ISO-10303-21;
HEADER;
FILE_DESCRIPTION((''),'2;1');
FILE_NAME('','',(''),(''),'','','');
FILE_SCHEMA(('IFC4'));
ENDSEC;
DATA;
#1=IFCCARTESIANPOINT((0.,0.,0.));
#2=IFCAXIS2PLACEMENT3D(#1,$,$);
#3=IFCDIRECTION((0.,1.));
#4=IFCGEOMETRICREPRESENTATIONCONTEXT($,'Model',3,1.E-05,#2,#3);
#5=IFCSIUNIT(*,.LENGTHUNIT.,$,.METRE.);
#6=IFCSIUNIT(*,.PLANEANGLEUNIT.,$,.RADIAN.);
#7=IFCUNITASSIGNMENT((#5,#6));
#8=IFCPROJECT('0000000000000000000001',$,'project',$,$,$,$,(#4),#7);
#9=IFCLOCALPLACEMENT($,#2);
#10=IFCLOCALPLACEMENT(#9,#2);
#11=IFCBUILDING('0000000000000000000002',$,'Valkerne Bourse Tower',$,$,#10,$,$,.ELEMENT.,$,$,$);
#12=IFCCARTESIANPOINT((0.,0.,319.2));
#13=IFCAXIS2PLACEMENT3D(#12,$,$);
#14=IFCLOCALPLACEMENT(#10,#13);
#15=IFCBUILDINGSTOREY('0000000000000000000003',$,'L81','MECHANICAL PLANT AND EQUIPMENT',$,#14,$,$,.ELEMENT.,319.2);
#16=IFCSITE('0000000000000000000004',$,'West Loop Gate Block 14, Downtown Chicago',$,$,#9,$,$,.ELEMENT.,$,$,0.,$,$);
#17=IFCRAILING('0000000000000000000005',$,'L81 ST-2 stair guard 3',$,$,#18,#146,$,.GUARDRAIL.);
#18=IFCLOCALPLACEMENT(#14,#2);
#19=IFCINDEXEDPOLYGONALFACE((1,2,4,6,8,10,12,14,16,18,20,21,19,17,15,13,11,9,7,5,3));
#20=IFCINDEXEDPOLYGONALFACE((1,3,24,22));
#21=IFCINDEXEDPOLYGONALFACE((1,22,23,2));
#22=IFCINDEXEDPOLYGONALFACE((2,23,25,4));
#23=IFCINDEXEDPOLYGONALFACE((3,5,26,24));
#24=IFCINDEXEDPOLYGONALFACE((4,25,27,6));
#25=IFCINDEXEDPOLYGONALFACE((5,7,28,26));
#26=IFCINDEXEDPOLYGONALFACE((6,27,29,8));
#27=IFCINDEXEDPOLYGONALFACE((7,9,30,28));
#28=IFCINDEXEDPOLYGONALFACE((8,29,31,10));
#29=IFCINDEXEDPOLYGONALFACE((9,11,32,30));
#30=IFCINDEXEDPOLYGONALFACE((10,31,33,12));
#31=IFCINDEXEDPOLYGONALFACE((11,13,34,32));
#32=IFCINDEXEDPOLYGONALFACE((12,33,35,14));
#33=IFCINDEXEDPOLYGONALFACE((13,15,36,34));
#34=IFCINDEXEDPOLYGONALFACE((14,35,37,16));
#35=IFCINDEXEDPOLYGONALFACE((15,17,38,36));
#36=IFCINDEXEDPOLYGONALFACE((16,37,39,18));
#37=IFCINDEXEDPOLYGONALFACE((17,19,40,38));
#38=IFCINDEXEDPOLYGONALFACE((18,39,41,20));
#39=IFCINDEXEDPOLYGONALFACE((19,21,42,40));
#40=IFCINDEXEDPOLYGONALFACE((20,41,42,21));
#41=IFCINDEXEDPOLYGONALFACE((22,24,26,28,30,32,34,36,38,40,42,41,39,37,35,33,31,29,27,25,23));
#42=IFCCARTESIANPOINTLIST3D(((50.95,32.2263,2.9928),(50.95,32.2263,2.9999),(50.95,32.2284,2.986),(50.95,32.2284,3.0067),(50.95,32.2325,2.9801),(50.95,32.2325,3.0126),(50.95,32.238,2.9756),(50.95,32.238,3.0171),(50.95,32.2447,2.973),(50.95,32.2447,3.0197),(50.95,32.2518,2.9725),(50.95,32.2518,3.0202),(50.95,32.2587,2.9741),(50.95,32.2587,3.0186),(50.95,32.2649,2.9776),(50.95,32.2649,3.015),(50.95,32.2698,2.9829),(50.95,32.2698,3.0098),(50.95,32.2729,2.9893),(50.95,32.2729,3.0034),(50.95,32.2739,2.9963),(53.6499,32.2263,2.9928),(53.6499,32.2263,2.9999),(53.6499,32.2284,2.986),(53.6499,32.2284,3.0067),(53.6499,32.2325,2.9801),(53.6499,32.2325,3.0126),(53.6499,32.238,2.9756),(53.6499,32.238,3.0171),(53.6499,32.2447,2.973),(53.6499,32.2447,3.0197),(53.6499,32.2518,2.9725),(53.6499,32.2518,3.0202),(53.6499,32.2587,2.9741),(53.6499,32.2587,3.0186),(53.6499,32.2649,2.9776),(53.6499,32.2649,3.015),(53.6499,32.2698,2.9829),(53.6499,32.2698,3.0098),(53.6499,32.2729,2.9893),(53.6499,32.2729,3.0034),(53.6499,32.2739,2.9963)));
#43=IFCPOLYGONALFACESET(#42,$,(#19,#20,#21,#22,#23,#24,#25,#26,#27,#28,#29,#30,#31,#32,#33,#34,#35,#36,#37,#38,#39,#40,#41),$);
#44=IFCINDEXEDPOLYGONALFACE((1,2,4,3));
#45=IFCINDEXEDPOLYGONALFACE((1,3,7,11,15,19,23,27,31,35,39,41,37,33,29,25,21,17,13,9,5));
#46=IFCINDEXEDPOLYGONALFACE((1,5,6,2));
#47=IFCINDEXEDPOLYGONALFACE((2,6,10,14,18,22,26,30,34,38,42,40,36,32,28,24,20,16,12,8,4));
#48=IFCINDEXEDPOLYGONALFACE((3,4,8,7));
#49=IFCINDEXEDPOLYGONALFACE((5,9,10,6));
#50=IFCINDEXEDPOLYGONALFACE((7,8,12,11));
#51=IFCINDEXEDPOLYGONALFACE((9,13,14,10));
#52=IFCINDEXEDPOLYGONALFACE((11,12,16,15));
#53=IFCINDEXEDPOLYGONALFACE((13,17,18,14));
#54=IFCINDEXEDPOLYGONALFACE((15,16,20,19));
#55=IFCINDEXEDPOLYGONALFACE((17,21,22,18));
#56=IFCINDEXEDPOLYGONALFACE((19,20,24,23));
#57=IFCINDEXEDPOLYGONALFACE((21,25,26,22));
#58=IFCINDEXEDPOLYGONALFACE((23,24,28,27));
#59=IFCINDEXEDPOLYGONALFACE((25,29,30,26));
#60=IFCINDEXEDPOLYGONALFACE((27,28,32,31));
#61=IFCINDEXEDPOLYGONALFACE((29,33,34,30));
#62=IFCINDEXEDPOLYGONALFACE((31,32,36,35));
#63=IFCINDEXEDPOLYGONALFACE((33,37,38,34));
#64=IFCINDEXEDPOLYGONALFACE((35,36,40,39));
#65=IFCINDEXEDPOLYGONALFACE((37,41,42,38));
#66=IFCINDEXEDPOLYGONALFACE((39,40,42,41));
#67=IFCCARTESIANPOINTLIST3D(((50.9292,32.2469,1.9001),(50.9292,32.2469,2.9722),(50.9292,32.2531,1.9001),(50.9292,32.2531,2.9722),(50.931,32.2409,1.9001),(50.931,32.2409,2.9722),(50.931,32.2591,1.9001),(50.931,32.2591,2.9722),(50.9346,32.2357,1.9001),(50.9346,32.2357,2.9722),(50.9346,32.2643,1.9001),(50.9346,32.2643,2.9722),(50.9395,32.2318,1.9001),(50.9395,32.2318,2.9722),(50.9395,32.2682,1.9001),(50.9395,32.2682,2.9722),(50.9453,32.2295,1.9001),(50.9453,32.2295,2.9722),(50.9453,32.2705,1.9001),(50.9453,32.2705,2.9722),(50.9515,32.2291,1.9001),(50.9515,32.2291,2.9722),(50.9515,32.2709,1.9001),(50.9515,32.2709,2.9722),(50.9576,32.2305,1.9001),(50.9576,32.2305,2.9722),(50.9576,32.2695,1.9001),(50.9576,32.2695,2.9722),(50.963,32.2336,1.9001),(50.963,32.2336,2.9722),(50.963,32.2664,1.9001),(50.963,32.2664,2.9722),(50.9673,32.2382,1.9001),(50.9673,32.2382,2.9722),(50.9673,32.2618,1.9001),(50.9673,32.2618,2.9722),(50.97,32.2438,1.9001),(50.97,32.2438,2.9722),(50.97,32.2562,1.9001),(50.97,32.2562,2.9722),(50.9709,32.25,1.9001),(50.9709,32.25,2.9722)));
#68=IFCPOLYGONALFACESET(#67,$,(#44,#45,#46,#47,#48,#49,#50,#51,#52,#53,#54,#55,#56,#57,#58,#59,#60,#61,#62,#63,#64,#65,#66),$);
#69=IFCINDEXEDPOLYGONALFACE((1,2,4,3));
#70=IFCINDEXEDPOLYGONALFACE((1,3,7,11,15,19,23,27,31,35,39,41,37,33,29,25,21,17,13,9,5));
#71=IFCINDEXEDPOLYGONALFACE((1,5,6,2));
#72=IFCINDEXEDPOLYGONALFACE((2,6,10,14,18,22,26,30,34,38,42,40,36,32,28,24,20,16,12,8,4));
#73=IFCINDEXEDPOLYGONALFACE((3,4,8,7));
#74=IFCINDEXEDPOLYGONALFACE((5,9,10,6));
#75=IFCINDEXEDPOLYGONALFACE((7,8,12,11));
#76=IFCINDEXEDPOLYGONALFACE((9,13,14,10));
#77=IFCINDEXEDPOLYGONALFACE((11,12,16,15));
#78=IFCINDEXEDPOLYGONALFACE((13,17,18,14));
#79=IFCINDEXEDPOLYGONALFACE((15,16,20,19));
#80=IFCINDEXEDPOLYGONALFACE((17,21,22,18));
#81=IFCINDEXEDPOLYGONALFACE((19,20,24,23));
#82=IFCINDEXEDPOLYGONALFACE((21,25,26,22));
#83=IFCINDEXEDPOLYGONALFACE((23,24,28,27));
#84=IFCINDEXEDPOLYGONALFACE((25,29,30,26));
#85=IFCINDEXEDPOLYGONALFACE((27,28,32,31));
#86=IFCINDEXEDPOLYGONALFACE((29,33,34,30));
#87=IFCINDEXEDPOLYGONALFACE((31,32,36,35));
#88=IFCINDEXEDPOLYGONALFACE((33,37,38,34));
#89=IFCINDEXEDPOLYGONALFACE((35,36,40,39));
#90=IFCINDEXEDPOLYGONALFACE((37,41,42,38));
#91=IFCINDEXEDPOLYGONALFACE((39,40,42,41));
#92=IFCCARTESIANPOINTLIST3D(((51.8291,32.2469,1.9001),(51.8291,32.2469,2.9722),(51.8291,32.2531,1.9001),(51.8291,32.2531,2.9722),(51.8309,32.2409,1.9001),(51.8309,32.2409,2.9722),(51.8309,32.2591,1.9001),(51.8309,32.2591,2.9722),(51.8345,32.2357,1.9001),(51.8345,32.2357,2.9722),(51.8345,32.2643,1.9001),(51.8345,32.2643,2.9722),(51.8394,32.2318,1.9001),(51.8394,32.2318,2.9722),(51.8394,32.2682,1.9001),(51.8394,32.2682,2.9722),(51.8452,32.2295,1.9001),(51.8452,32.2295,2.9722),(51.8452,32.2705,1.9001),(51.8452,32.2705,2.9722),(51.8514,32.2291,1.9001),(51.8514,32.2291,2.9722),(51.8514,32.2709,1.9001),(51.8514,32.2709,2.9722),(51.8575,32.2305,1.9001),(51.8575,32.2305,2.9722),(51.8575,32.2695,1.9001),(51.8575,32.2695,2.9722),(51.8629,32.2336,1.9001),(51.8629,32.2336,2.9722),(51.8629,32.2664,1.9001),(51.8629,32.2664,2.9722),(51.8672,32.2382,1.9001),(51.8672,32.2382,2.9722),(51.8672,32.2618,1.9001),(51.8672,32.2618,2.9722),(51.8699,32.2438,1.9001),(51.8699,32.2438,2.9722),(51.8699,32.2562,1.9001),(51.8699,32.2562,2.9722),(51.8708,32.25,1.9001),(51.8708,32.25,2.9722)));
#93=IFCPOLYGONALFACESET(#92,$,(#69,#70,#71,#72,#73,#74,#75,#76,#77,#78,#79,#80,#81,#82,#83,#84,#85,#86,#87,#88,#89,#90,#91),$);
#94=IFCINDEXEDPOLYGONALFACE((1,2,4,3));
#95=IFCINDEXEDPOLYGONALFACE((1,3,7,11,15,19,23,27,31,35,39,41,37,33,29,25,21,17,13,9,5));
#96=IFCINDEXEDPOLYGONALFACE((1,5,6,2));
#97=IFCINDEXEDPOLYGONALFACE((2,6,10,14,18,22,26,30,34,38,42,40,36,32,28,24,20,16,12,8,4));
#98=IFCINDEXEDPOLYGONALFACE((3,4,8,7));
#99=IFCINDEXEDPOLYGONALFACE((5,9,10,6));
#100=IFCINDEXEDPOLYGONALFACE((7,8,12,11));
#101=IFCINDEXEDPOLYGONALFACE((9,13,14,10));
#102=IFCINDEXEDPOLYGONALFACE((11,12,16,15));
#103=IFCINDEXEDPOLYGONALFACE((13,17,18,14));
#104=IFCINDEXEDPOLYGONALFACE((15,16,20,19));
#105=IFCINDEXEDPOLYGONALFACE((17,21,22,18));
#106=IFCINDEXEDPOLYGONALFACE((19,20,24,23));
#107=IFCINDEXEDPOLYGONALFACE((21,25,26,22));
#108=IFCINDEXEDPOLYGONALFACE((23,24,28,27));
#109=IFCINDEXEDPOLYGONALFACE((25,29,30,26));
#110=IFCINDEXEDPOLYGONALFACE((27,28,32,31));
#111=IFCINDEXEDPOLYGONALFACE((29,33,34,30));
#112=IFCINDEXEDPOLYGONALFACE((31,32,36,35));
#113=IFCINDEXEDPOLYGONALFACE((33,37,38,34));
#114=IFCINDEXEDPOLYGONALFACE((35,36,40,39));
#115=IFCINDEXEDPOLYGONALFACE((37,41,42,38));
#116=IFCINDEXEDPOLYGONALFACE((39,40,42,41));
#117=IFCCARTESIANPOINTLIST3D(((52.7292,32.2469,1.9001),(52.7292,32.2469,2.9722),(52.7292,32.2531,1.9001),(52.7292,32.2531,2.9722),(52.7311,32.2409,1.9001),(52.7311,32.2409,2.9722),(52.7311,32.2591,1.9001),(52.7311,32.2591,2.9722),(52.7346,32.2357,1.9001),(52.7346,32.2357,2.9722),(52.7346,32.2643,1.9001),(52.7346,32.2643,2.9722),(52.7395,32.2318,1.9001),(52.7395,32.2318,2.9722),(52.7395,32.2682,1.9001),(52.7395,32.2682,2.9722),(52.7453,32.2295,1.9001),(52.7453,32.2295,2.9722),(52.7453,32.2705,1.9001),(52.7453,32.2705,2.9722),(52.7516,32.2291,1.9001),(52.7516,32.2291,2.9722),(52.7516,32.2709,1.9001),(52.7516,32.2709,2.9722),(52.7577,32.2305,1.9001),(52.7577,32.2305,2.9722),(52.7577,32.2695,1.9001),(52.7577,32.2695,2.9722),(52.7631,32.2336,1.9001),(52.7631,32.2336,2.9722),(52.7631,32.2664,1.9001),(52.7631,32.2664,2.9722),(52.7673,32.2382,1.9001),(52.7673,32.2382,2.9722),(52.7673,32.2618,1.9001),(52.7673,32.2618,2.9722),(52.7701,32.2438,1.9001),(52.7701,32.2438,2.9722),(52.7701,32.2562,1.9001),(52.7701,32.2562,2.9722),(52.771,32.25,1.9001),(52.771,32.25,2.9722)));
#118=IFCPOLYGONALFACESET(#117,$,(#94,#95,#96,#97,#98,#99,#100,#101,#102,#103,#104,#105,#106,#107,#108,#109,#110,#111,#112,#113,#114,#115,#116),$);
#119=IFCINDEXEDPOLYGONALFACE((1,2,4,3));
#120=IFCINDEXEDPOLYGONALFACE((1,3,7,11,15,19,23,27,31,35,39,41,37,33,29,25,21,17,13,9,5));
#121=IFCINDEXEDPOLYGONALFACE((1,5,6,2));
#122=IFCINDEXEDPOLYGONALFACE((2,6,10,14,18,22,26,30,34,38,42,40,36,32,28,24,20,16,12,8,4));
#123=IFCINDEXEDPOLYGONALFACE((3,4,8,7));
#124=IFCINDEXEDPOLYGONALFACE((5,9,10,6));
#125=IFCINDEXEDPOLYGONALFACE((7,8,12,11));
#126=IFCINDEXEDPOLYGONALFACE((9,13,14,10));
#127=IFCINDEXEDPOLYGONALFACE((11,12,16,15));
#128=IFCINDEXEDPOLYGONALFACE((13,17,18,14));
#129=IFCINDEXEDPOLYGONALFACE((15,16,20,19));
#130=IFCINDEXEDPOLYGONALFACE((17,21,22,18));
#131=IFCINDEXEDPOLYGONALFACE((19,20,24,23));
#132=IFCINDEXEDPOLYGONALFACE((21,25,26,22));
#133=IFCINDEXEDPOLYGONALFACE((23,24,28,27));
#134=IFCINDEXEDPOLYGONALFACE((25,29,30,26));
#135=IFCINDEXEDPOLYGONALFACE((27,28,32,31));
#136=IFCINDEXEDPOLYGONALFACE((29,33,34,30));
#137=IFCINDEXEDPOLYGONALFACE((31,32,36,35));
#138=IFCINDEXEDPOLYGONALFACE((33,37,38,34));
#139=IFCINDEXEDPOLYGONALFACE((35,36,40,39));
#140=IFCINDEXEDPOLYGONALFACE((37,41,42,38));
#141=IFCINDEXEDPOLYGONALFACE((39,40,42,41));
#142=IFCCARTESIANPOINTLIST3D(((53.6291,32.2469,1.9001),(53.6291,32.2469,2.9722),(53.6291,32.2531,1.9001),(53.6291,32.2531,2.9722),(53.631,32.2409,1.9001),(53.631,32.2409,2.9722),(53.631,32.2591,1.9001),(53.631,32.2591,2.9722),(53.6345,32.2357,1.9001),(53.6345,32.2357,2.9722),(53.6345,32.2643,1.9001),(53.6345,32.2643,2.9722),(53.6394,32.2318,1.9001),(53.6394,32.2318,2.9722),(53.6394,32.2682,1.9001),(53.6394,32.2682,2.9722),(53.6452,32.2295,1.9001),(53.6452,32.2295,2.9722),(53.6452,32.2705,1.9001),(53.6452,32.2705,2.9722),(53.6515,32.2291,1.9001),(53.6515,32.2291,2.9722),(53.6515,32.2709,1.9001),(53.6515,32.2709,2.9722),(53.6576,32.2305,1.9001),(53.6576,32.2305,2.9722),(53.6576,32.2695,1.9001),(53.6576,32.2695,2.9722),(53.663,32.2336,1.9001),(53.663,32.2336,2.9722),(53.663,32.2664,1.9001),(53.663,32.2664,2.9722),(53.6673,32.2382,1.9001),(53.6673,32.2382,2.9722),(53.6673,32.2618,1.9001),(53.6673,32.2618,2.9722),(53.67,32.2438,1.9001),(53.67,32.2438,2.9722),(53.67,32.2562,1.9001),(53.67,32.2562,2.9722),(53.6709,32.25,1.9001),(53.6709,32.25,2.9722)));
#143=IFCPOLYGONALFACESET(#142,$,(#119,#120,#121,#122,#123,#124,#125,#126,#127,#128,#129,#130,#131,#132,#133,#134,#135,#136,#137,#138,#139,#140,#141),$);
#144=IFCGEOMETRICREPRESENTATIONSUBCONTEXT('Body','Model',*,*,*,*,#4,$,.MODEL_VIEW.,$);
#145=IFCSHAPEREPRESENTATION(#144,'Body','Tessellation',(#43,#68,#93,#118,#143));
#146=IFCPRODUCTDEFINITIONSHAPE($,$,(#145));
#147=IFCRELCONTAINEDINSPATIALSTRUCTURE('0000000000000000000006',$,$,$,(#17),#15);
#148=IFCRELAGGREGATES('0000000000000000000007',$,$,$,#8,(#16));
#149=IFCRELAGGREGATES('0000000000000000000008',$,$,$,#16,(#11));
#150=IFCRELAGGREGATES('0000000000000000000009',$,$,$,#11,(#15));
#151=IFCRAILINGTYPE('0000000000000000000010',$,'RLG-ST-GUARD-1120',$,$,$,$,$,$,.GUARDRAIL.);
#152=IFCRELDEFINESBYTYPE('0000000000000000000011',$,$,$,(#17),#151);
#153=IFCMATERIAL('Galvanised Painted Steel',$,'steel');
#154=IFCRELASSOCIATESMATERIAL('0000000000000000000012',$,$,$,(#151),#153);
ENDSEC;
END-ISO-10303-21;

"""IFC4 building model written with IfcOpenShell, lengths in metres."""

from ifc_helpers import new_model, si_unit, direction, frame, origin, origin_2d, place, context, subcontext, project, spatial, circle, extrude, material, type_object, element, save


model = new_model("IFC4")

# Units and contexts
model_context = context("Model", 3, precision=1e-05, world=origin(), true_north=direction((0.0, 1.0)))
body_context = subcontext(model_context, "Body", "Model", "MODEL_VIEW")
ifc_project = project(units=[si_unit("LENGTHUNIT", "METRE"), si_unit("PLANEANGLEUNIT", "RADIAN")], contexts=[model_context])

# Site, building, storey
site_placement = place(None, origin())
site = spatial("IfcSite", under=ifc_project, at=site_placement, Name="West Loop Gate Block 14, Downtown Chicago", CompositionType="ELEMENT", RefElevation=0.0)
building_placement = place(site_placement, origin())
building = spatial("IfcBuilding", under=site, at=building_placement, Name="Valkerne Bourse Tower", CompositionType="ELEMENT")
storey_placement = place(building_placement, frame((0.0, 0.0, 319.2)))
storey = spatial("IfcBuildingStorey", under=building, at=storey_placement, Name="L81", Description="MECHANICAL PLANT AND EQUIPMENT", CompositionType="ELEMENT", Elevation=319.2)

# Shared definitions
ifc_material_1 = material(Name="Galvanised Painted Steel", Category="steel")

# Railing
railing_type_1 = type_object("IfcRailingType", Name="RLG-ST-GUARD-1120", PredefinedType="GUARDRAIL", material=ifc_material_1)
for number, where, name in (
    (1, (50.95, 32.25, 1.9001), "L81 ST-2 stair guard 3"),
):
    element("IfcRailing", number, at=place(storey_placement, frame(where)), inside=storey, type_object=railing_type_1, Name=name, PredefinedType="GUARDRAIL", context=body_context, shape_type="SweptSolid", body=[
        extrude(circle(Radius=0.0239, at=origin_2d()), frame((0.0, 0.0, 1.0962), z_axis=(1.0, 0.0, 0.0), x_axis=(0.0, 1.0, 0.0)), (0.0, 0.0, 1.0), 2.7),
        extrude(circle(Radius=0.021, at=origin_2d()), origin(), (0.0, 0.0, 1.0), 1.072),
        extrude(circle(Radius=0.021, at=origin_2d()), frame((0.8999, 0.0, 0.0)), (0.0, 0.0, 1.0), 1.072),
        extrude(circle(Radius=0.021, at=origin_2d()), frame((1.8, 0.0, 0.0)), (0.0, 0.0, 1.0), 1.072),
        extrude(circle(Radius=0.021, at=origin_2d()), frame((2.7, 0.0, 0.0)), (0.0, 0.0, 1.0), 1.072),
    ])

save(model, "model.ifc")
